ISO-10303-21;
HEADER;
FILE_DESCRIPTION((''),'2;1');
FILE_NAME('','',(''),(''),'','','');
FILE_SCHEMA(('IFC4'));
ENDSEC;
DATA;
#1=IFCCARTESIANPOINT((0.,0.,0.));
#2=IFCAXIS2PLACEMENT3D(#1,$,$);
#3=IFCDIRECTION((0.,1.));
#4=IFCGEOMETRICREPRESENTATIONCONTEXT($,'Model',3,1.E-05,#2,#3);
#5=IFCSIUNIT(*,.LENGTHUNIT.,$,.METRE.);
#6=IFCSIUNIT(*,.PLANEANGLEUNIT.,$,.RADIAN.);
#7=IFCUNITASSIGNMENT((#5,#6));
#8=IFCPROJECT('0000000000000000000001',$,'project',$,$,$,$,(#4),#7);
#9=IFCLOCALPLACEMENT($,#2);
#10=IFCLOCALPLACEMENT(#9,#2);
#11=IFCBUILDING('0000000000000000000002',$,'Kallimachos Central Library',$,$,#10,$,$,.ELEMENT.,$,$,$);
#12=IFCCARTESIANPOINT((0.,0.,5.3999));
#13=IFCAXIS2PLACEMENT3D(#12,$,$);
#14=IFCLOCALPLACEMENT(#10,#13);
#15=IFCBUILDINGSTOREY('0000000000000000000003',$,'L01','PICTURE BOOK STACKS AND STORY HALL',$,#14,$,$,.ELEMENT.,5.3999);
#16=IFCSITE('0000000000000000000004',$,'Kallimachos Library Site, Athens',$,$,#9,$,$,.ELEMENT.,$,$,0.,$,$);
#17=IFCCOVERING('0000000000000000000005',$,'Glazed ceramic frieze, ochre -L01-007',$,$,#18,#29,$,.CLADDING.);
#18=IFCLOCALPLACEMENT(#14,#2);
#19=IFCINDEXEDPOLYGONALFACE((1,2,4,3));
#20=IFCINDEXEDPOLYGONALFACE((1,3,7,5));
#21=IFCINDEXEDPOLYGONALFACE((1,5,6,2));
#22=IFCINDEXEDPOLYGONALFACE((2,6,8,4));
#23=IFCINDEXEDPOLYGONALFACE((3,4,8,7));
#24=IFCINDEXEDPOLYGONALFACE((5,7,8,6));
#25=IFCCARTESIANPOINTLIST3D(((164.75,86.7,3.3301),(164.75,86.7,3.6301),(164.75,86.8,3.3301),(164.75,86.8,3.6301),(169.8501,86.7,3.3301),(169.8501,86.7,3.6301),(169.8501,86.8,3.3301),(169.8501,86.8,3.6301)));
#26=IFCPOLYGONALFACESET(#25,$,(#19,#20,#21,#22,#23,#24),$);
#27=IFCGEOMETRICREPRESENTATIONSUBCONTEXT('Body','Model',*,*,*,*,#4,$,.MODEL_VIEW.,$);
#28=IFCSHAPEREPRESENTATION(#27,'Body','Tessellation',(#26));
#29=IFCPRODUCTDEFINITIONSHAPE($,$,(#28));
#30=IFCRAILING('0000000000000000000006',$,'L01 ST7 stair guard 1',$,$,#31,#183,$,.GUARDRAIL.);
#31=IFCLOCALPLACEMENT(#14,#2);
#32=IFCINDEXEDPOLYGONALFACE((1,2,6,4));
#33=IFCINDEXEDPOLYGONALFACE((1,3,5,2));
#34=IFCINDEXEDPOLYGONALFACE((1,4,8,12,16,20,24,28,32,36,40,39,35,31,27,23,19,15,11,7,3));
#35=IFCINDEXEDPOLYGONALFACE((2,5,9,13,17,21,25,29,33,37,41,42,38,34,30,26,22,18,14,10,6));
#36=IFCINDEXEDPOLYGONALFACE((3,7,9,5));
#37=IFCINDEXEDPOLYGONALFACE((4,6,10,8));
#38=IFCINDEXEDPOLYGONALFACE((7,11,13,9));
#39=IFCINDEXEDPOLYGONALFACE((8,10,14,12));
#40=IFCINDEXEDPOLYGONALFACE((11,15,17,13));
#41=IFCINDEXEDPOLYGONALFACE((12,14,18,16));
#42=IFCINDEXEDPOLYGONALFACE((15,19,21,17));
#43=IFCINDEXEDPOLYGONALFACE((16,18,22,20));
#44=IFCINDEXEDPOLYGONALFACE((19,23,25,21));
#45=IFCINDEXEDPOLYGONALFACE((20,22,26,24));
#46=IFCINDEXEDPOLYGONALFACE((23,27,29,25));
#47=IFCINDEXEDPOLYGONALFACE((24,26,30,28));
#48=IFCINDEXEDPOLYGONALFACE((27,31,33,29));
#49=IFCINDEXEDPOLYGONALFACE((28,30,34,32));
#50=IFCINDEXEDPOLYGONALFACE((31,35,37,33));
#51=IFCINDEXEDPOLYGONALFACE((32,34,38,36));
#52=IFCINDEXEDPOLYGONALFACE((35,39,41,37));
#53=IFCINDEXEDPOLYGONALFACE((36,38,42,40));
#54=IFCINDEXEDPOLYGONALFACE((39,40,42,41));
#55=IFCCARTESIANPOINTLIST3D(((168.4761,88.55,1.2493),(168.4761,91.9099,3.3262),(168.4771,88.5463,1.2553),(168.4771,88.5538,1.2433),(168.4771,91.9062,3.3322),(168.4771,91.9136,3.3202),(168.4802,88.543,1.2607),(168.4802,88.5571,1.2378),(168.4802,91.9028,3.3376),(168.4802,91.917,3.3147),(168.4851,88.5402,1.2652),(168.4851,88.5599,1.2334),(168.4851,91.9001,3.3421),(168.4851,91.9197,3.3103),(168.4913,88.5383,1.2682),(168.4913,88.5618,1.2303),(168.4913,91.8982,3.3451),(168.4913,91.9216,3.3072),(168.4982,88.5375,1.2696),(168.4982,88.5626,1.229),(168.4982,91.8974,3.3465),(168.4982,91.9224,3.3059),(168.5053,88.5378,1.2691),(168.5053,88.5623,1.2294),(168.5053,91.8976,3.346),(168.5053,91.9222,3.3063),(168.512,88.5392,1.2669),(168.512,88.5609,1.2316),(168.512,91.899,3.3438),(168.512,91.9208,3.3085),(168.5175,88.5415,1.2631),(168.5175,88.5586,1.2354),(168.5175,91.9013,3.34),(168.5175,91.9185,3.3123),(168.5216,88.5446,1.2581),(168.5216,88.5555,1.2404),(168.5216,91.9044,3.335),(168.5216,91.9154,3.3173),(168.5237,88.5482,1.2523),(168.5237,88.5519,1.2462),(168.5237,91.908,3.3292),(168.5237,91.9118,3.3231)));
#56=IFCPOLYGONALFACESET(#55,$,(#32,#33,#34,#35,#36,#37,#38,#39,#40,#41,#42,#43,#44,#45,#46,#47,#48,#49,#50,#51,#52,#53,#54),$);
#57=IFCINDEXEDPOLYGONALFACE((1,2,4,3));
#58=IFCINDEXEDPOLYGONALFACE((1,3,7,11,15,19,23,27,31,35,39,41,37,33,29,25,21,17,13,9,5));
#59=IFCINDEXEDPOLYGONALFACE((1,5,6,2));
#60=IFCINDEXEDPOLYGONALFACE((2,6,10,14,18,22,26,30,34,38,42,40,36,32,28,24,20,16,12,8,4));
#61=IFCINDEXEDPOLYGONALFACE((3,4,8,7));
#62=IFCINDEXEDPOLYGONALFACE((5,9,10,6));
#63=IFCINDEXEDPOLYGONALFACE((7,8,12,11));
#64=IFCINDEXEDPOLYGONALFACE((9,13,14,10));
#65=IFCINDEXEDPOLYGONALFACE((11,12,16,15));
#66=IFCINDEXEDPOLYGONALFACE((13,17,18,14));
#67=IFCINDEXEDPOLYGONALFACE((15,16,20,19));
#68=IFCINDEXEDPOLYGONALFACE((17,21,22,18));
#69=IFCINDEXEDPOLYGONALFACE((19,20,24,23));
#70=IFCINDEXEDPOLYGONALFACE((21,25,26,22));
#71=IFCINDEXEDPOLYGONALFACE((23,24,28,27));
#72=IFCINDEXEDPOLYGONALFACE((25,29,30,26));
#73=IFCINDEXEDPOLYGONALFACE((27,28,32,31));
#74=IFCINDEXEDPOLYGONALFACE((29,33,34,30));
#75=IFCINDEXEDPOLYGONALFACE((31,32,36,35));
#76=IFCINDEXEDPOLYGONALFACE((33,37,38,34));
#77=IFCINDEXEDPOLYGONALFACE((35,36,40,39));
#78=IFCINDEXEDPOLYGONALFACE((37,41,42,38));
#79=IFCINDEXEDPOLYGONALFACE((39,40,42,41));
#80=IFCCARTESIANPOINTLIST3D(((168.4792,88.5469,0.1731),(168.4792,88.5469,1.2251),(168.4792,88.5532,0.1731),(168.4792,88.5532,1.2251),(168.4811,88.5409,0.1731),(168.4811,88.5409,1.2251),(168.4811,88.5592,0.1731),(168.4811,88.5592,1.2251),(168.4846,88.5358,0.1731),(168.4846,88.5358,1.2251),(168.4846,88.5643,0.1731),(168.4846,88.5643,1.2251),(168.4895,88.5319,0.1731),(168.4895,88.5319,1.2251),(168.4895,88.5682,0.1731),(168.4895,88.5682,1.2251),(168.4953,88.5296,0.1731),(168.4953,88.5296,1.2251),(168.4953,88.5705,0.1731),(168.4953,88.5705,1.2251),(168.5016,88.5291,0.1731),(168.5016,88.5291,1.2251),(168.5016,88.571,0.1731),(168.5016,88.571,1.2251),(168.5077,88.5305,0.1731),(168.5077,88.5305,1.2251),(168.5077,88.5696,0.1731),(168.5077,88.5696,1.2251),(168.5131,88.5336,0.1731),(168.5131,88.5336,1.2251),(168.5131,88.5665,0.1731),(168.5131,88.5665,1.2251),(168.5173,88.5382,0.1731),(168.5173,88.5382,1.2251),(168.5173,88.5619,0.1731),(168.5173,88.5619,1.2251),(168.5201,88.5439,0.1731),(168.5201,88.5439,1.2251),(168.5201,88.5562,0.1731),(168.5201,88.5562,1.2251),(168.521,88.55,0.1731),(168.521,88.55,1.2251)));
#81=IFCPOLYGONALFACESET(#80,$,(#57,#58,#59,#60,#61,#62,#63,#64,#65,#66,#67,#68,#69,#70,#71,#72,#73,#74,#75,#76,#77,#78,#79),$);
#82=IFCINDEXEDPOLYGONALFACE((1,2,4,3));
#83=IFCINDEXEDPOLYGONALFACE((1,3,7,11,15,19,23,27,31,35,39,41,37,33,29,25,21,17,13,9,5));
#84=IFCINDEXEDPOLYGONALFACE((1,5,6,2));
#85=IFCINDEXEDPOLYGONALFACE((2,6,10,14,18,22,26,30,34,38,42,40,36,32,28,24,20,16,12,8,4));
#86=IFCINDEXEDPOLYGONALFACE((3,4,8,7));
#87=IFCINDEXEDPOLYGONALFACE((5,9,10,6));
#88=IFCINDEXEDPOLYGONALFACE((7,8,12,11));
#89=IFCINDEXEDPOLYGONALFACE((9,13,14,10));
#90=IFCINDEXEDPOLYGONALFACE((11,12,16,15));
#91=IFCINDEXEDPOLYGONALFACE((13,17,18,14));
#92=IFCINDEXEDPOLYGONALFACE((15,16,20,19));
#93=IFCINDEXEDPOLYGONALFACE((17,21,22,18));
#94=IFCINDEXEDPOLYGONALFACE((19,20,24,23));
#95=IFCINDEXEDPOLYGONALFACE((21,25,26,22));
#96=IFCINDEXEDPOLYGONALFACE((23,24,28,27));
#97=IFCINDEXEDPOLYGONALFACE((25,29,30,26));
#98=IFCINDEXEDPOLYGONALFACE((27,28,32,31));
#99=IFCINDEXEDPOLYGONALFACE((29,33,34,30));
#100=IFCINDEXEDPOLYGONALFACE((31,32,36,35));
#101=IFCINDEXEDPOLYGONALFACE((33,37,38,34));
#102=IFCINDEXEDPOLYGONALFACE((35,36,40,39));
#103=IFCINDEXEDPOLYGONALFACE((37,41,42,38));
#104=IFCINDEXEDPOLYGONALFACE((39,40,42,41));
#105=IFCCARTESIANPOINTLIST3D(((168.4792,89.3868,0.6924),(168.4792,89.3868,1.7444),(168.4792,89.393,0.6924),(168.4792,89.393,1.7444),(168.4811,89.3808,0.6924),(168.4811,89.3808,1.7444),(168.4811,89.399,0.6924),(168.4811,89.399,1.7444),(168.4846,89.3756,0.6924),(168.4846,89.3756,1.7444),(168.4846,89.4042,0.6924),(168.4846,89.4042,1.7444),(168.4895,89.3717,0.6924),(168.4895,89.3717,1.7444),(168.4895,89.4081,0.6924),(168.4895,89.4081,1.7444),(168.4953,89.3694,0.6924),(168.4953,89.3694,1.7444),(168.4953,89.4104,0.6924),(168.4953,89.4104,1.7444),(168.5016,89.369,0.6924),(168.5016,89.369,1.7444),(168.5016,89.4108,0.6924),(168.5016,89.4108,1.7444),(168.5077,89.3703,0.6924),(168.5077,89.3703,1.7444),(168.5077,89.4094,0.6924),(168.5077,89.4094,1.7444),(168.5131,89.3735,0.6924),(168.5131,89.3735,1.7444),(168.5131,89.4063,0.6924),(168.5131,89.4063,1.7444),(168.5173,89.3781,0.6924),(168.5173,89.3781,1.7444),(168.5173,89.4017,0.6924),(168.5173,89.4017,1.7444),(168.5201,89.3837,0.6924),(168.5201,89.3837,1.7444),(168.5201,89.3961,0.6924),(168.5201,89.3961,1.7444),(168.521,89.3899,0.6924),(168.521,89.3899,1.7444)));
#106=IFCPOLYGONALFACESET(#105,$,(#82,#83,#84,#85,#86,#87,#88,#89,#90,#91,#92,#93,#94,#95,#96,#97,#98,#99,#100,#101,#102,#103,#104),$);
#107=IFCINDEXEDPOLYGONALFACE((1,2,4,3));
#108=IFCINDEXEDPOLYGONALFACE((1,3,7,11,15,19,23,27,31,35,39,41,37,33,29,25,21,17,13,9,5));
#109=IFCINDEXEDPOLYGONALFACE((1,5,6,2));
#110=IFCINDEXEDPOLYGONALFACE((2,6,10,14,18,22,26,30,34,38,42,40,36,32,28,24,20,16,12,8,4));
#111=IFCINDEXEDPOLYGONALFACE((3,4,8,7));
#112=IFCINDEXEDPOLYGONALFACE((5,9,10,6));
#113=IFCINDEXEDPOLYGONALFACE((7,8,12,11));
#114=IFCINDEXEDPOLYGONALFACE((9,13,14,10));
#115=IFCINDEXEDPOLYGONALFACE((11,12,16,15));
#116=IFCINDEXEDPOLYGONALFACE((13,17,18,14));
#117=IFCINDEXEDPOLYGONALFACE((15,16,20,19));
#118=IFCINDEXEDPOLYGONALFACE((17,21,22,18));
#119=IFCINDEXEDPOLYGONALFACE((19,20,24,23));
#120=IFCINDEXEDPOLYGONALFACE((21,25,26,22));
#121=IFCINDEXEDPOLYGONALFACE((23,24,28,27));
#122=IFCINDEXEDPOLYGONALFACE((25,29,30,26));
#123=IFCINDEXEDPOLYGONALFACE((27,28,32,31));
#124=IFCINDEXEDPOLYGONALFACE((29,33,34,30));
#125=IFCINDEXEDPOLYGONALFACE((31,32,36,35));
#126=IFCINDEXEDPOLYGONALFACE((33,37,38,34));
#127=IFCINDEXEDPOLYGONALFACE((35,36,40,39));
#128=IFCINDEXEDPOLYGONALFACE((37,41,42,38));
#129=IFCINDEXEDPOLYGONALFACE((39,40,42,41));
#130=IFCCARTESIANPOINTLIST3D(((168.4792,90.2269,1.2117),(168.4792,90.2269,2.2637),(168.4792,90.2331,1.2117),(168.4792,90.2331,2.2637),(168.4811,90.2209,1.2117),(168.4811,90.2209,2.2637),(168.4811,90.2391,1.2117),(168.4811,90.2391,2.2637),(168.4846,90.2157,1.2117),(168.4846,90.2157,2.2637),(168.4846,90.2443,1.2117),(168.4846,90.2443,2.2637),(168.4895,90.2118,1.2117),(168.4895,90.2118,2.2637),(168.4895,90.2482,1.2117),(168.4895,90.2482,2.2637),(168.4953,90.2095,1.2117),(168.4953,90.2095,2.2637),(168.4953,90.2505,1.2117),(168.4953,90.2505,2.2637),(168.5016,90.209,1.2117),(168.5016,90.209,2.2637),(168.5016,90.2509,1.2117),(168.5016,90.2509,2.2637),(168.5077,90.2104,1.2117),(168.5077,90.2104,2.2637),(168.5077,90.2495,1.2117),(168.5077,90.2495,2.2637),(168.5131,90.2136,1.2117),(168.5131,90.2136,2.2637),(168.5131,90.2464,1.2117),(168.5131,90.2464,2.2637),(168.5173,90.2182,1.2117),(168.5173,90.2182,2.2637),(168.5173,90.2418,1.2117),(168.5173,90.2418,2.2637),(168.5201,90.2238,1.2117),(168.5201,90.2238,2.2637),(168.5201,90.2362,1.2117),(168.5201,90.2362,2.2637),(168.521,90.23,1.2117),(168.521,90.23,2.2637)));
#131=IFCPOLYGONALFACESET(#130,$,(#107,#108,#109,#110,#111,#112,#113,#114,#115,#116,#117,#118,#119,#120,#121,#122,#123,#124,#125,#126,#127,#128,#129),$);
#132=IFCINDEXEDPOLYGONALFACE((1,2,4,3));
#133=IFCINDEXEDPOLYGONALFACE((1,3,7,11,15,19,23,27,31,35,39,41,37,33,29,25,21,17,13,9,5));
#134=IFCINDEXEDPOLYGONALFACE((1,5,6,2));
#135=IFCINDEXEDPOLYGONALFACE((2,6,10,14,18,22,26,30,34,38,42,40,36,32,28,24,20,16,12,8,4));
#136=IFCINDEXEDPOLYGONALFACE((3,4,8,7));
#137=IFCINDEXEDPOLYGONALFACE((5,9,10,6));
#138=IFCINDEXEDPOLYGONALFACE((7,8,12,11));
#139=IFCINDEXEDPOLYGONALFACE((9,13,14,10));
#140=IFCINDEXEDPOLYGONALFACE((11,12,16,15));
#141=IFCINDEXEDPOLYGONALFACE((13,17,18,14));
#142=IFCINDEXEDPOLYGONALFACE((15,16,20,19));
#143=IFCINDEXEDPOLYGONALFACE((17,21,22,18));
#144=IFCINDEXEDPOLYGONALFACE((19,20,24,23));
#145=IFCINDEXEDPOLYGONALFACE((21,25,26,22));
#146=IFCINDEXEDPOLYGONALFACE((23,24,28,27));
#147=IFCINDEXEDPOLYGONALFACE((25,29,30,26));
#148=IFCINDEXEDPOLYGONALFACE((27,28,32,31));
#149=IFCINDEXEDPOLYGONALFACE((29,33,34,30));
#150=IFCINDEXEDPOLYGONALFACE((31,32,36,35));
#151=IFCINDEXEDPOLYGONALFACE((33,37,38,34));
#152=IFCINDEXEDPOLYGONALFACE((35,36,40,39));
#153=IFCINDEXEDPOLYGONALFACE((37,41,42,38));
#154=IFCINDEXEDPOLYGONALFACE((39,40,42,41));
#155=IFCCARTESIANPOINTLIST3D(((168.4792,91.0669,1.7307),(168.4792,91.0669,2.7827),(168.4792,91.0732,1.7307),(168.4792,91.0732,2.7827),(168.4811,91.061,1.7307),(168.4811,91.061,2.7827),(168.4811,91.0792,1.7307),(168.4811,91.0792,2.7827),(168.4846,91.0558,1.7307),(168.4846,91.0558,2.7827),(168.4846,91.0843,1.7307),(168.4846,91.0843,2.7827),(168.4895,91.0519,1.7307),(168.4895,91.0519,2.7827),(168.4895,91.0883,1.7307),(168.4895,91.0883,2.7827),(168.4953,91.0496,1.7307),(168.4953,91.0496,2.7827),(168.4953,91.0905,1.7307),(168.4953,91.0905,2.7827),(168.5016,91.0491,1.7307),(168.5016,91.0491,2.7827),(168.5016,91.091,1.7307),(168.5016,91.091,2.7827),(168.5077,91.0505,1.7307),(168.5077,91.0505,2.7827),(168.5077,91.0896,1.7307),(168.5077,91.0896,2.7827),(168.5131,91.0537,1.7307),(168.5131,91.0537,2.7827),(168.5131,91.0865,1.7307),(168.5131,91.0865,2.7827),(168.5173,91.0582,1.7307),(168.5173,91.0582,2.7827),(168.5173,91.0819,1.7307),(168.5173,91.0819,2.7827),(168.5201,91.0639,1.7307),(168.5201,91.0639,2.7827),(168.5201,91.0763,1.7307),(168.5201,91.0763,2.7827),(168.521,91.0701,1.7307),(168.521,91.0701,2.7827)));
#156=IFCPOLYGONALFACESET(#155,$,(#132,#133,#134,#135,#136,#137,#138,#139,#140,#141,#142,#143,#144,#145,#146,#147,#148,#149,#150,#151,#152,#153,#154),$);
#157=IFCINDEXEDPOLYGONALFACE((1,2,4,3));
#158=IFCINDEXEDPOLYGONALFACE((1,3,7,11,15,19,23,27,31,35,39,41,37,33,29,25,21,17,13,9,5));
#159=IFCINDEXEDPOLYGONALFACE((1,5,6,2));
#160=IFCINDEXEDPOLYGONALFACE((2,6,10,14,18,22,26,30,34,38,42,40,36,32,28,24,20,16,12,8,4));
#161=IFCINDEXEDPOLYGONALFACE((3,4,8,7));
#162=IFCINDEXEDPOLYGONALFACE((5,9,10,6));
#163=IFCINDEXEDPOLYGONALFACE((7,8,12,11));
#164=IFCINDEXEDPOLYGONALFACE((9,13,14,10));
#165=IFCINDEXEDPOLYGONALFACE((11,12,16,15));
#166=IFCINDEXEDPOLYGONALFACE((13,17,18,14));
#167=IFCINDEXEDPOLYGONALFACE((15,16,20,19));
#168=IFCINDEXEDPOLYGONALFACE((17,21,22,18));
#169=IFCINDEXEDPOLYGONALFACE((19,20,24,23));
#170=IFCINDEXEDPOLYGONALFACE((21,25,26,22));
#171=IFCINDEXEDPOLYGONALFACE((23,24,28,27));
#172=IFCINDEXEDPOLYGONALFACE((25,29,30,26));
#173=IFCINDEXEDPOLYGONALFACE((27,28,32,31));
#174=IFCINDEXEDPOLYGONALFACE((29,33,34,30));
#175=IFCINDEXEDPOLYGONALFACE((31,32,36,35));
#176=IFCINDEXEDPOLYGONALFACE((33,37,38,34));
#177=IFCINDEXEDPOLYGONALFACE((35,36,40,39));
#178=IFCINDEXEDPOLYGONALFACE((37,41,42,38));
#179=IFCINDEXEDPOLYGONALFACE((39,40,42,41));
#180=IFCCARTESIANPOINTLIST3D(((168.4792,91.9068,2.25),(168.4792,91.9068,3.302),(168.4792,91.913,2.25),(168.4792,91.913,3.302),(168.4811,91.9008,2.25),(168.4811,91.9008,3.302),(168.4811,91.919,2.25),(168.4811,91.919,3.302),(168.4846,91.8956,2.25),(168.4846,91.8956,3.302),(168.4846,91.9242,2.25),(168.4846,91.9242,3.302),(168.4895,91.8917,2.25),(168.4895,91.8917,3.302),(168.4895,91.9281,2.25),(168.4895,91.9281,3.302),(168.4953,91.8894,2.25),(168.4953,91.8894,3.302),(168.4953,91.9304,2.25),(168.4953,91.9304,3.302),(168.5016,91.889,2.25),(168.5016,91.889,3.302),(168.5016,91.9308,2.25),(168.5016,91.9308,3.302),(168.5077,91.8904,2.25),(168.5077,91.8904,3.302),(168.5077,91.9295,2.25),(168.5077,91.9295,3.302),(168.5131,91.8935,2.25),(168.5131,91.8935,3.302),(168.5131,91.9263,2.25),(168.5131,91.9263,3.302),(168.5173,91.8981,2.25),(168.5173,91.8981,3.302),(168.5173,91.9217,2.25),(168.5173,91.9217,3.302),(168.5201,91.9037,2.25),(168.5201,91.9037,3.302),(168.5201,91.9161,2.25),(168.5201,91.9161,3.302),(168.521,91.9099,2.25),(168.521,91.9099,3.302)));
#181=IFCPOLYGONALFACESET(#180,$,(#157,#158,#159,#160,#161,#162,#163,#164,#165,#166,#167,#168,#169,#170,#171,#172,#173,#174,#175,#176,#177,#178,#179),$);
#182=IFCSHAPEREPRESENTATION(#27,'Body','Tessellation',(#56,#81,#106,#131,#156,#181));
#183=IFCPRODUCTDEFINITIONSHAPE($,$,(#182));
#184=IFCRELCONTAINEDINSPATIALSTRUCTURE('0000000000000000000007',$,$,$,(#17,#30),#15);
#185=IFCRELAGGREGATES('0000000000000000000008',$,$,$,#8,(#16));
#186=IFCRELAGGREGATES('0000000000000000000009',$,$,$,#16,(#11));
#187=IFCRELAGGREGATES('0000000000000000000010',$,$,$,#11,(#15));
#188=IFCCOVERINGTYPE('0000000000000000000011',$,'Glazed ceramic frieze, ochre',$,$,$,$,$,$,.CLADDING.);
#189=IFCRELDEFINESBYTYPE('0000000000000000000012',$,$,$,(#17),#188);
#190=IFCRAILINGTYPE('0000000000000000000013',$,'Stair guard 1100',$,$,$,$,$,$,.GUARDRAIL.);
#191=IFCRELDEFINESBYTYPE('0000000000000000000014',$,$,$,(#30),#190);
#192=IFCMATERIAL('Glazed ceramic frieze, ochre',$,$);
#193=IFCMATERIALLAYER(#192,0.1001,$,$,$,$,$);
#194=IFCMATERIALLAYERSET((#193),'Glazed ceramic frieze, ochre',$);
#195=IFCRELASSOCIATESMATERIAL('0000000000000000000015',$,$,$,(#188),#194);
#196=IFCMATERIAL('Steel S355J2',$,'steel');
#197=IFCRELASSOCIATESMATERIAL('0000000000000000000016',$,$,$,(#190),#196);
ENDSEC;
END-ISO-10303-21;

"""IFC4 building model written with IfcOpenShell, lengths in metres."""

from ifc_helpers import new_model, si_unit, direction, frame, origin, origin_2d, place, context, subcontext, project, spatial, rectangle, circle, extrude, material, layer, layer_set, type_object, element, save


model = new_model("IFC4")

# Units and contexts
model_context = context("Model", 3, precision=1e-05, world=origin(), true_north=direction((0.0, 1.0)))
body_context = subcontext(model_context, "Body", "Model", "MODEL_VIEW")
ifc_project = project(units=[si_unit("LENGTHUNIT", "METRE"), si_unit("PLANEANGLEUNIT", "RADIAN")], contexts=[model_context])

# Site, building, storey
site_placement = place(None, origin())
site = spatial("IfcSite", under=ifc_project, at=site_placement, Name="Kallimachos Library Site, Athens", CompositionType="ELEMENT", RefElevation=0.0)
building_placement = place(site_placement, origin())
building = spatial("IfcBuilding", under=site, at=building_placement, Name="Kallimachos Central Library", CompositionType="ELEMENT")
storey_placement = place(building_placement, frame((0.0, 0.0, 5.3999)))
storey = spatial("IfcBuildingStorey", under=building, at=storey_placement, Name="L01", Description="PICTURE BOOK STACKS AND STORY HALL", CompositionType="ELEMENT", Elevation=5.3999)

# Covering
ifc_material_1 = material(Name="Glazed ceramic frieze, ochre")
ifc_layer_1 = layer(ifc_material_1, 0.1001)
ifc_layer_set_1 = layer_set([ifc_layer_1], Name="Glazed ceramic frieze, ochre")
covering_type_1 = type_object("IfcCoveringType", Name="Glazed ceramic frieze, ochre", PredefinedType="CLADDING", material=ifc_layer_set_1)
covering_1_placement = place(storey_placement, frame((167.3, 86.75, 3.3301), z_axis=(0.0, 0.0, 1.0), x_axis=(1.0, 0.0, 0.0)))
element("IfcCovering", 1, at=covering_1_placement, inside=storey, type_object=covering_type_1, Name="Glazed ceramic frieze, ochre -L01-007", PredefinedType="CLADDING", context=body_context, shape_type="SweptSolid", body=[
    extrude(rectangle(XDim=5.1001, YDim=0.1001, at=origin_2d()), origin(), (0.0, 0.0, 1.0), 0.3),
])

# Railing
ifc_material_2 = material(Name="Steel S355J2", Category="steel")
railing_type_1 = type_object("IfcRailingType", Name="Stair guard 1100", PredefinedType="GUARDRAIL", material=ifc_material_2)
railing_1_placement = place(storey_placement, frame((168.5, 88.55, 0.1731)))
element("IfcRailing", 2, at=railing_1_placement, inside=storey, type_object=railing_type_1, Name="L01 ST7 stair guard 1", PredefinedType="GUARDRAIL", context=body_context, shape_type="SweptSolid", body=[
    extrude(circle(Radius=0.0239, at=origin_2d()), frame((0.0, 0.0, 1.0762), z_axis=(0.0, 0.850606, 0.525803), x_axis=(-1.0, 0.0, 0.0)), (0.0, 0.0, 1.0), 3.95),
    extrude(circle(Radius=0.021, at=origin_2d()), origin(), (0.0, 0.0, 1.0), 1.052),
    extrude(circle(Radius=0.021, at=origin_2d()), frame((0.0, 0.8398, 0.5193)), (0.0, 0.0, 1.0), 1.052),
    extrude(circle(Radius=0.021, at=origin_2d()), frame((0.0, 1.6799, 1.0386)), (0.0, 0.0, 1.0), 1.052),
    extrude(circle(Radius=0.021, at=origin_2d()), frame((0.0, 2.52, 1.5576)), (0.0, 0.0, 1.0), 1.052),
    extrude(circle(Radius=0.021, at=origin_2d()), frame((0.0, 3.3599, 2.0769)), (0.0, 0.0, 1.0), 1.052),
])

save(model, "model.ifc")
